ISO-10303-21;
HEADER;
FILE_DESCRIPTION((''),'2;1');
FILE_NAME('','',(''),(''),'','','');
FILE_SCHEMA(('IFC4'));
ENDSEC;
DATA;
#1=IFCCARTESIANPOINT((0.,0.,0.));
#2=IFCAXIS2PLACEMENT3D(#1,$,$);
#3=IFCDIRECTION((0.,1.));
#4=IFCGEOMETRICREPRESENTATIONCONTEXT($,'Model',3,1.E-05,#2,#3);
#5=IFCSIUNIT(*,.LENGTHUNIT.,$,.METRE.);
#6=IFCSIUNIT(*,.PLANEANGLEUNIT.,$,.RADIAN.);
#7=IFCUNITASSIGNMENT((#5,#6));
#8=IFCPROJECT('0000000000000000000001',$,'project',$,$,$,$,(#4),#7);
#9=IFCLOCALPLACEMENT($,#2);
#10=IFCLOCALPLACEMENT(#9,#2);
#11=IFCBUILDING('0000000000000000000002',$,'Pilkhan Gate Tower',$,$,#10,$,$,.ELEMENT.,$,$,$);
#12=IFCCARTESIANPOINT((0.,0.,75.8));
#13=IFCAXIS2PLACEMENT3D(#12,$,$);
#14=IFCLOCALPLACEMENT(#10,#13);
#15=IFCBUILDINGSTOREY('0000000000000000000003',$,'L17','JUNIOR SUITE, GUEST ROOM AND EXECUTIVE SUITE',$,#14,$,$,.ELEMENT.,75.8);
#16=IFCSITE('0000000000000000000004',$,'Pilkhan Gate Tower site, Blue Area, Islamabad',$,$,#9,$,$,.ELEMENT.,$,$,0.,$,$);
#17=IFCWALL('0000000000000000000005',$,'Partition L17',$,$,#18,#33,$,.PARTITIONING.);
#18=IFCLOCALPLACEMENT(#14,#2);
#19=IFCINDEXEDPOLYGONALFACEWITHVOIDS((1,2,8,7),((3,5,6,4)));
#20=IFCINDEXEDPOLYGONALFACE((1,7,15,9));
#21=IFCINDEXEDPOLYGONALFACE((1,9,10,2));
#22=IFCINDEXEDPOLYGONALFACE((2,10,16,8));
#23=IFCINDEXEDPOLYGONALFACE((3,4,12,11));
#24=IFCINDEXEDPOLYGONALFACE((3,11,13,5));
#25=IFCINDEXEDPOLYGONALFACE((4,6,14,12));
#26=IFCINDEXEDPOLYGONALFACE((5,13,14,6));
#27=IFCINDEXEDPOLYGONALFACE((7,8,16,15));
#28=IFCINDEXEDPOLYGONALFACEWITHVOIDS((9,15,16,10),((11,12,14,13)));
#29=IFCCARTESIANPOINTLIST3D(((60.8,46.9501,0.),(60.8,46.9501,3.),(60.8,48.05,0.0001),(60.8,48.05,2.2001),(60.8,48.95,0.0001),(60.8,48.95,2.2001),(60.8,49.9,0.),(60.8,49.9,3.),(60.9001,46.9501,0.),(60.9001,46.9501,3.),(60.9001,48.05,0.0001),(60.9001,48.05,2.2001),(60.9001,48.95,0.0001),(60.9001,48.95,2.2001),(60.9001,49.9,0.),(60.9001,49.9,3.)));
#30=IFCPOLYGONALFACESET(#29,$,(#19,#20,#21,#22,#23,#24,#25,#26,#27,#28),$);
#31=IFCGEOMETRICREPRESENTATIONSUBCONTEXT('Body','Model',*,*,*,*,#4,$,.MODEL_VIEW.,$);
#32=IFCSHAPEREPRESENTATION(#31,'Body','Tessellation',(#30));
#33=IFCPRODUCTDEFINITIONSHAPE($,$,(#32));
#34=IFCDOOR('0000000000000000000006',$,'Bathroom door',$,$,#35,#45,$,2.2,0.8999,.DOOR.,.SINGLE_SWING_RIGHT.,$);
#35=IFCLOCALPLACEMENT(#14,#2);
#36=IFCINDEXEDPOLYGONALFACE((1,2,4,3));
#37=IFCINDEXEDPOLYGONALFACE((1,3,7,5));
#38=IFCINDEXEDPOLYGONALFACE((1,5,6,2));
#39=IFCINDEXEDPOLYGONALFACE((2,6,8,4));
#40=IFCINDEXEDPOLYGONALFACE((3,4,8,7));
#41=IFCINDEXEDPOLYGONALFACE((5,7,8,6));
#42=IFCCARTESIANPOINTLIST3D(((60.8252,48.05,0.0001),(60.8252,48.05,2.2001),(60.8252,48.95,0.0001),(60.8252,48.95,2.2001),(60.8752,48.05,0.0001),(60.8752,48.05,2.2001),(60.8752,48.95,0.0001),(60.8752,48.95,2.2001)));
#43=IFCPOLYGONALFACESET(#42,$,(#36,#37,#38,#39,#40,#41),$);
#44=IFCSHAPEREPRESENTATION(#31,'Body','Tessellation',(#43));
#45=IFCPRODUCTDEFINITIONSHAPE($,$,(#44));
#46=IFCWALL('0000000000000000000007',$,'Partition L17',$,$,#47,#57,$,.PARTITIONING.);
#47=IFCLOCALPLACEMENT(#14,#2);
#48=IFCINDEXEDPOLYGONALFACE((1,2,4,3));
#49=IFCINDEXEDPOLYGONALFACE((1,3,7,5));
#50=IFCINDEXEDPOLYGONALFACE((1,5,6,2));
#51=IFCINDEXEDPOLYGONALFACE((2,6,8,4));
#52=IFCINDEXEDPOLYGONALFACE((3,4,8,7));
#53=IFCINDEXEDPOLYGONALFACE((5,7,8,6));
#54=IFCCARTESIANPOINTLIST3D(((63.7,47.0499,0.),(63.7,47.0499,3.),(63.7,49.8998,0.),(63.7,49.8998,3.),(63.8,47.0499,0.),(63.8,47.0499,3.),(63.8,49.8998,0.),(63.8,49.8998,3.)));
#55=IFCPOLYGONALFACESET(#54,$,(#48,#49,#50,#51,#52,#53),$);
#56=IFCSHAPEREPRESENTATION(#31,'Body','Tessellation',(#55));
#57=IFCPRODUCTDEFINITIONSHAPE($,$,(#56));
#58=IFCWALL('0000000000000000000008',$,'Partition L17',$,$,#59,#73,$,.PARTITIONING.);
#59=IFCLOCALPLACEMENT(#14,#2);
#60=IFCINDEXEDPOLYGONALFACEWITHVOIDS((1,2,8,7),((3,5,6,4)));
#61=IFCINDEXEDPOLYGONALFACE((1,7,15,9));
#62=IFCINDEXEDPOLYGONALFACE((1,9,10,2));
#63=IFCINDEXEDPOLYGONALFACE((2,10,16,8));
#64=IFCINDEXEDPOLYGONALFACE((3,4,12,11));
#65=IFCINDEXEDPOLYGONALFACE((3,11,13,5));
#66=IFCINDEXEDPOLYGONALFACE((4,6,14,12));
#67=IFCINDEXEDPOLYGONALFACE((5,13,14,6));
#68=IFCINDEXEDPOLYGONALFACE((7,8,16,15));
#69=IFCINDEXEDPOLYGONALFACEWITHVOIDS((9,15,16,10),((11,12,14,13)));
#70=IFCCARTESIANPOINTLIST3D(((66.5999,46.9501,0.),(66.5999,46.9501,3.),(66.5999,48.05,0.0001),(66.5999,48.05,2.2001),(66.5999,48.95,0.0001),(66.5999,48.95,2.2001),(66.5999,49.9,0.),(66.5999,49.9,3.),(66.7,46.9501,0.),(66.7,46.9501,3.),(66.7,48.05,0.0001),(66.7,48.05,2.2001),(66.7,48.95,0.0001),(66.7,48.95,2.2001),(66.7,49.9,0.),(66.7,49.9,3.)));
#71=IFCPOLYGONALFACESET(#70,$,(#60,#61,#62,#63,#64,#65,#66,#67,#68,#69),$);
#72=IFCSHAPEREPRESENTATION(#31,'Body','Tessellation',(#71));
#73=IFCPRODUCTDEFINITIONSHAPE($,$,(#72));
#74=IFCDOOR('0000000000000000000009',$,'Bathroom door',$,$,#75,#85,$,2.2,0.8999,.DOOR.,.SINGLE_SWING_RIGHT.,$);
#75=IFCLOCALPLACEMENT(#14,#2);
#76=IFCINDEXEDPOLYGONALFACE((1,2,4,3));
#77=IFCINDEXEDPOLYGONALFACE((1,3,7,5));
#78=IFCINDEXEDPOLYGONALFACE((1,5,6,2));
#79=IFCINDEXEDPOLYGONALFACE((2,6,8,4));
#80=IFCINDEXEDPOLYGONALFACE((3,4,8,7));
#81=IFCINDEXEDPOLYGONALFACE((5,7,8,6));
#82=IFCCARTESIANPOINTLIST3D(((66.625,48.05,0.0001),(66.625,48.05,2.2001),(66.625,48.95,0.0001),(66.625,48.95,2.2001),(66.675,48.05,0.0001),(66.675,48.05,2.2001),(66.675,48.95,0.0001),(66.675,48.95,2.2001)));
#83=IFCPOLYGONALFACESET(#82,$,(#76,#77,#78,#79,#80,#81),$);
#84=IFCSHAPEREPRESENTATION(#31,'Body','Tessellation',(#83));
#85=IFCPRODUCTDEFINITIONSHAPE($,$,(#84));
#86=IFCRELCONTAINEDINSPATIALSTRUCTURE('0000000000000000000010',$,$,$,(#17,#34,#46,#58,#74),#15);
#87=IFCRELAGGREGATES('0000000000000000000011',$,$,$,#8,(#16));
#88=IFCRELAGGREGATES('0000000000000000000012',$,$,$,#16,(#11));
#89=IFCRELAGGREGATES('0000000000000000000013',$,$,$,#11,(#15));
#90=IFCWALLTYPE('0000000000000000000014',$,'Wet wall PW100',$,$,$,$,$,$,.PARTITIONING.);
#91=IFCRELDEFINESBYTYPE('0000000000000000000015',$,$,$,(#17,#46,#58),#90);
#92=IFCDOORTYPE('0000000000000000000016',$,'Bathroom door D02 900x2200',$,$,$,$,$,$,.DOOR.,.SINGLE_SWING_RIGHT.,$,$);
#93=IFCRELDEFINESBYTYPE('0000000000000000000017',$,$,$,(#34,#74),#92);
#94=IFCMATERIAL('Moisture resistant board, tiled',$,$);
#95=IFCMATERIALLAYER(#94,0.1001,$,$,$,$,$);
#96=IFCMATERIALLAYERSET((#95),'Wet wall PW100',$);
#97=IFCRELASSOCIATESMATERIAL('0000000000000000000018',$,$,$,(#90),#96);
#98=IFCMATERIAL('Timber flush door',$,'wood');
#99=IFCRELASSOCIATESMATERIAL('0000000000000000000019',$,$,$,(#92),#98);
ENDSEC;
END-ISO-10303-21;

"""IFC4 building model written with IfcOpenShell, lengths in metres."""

from ifc_helpers import new_model, si_unit, direction, frame, frame_2d, origin, place, context, subcontext, project, spatial, rectangle, extrude, material, layer, layer_set, type_object, element, fill, save


model = new_model("IFC4")

# Units and contexts
model_context = context("Model", 3, precision=1e-05, world=origin(), true_north=direction((0.0, 1.0)))
body_context = subcontext(model_context, "Body", "Model", "MODEL_VIEW")
ifc_project = project(units=[si_unit("LENGTHUNIT", "METRE"), si_unit("PLANEANGLEUNIT", "RADIAN")], contexts=[model_context])

# Site, building, storey
site_placement = place(None, origin())
site = spatial("IfcSite", under=ifc_project, at=site_placement, Name="Pilkhan Gate Tower site, Blue Area, Islamabad", CompositionType="ELEMENT", RefElevation=0.0)
building_placement = place(site_placement, origin())
building = spatial("IfcBuilding", under=site, at=building_placement, Name="Pilkhan Gate Tower", CompositionType="ELEMENT")
storey_placement = place(building_placement, frame((0.0, 0.0, 75.8)))
storey = spatial("IfcBuildingStorey", under=building, at=storey_placement, Name="L17", Description="JUNIOR SUITE, GUEST ROOM AND EXECUTIVE SUITE", CompositionType="ELEMENT", Elevation=75.8)

# Shared definitions
ifc_material_1 = material(Name="Moisture resistant board, tiled")
ifc_layer_1 = layer(ifc_material_1, 0.1001)
ifc_layer_set_1 = layer_set([ifc_layer_1], Name="Wet wall PW100")
wall_type_1 = type_object("IfcWallType", Name="Wet wall PW100", PredefinedType="PARTITIONING", material=ifc_layer_set_1)

# Wall, opening, door
wall_1_placement = place(storey_placement, frame((60.8501, 46.95, 0.0), z_axis=(0.0, 0.0, 1.0), x_axis=(0.0, 1.0, 0.0)))
wall_1 = element("IfcWall", 1, at=wall_1_placement, inside=storey, type_object=wall_type_1, Name="Partition L17", PredefinedType="PARTITIONING", context=body_context, shape_type="SweptSolid", body=[
    extrude(rectangle(XDim=2.95, YDim=0.1001, at=frame_2d((1.4751, 0.0))), origin(), (0.0, 0.0, 1.0), 3.0),
])
opening_1_placement = place(wall_1_placement, frame((1.1001, 0.0, 0.0)))
opening_1 = element("IfcOpeningElement", 2, at=opening_1_placement, cuts=wall_1, PredefinedType="OPENING", context=body_context, shape_type="SweptSolid", body=[
    extrude(rectangle(XDim=0.8999, YDim=2.2, at=frame_2d((0.45, 1.1001))), frame((0.0, 0.0601, 0.0), z_axis=(0.0, -1.0, 0.0), x_axis=(1.0, 0.0, 0.0)), (0.0, 0.0, 1.0), 0.1201),
])
ifc_material_2 = material(Name="Timber flush door", Category="wood")
door_type_1 = type_object("IfcDoorType", Name="Bathroom door D02 900x2200", OperationType="SINGLE_SWING_RIGHT", PredefinedType="DOOR", material=ifc_material_2)
door_1_placement = place(opening_1_placement, origin())
door_1 = element("IfcDoor", 3, at=door_1_placement, inside=storey, type_object=door_type_1, Name="Bathroom door", OperationType="SINGLE_SWING_RIGHT", OverallHeight=2.2, OverallWidth=0.8999, PredefinedType="DOOR", context=body_context, shape_type="SweptSolid", body=[
    extrude(rectangle(XDim=0.8999, YDim=2.2, at=frame_2d((0.45, 1.1001))), frame((0.0, 0.0249, 0.0), z_axis=(0.0, -1.0, 0.0), x_axis=(1.0, 0.0, 0.0)), (0.0, 0.0, 1.0), 0.05),
])
fill(opening_1, door_1)

# Wall
wall_2_placement = place(storey_placement, frame((63.75, 47.05, 0.0), z_axis=(0.0, 0.0, 1.0), x_axis=(0.0, 1.0, 0.0)))
element("IfcWall", 4, at=wall_2_placement, inside=storey, type_object=wall_type_1, Name="Partition L17", PredefinedType="PARTITIONING", context=body_context, shape_type="SweptSolid", body=[
    extrude(rectangle(XDim=2.8499, YDim=0.1001, at=frame_2d((1.4248, 0.0))), origin(), (0.0, 0.0, 1.0), 3.0),
])

# Wall, opening, door
wall_3_placement = place(storey_placement, frame((66.6499, 46.95, 0.0), z_axis=(0.0, 0.0, 1.0), x_axis=(0.0, 1.0, 0.0)))
wall_3 = element("IfcWall", 5, at=wall_3_placement, inside=storey, type_object=wall_type_1, Name="Partition L17", PredefinedType="PARTITIONING", context=body_context, shape_type="SweptSolid", body=[
    extrude(rectangle(XDim=2.95, YDim=0.1001, at=frame_2d((1.4751, 0.0))), origin(), (0.0, 0.0, 1.0), 3.0),
])
opening_2_placement = place(wall_3_placement, frame((1.1001, 0.0, 0.0)))
opening_2 = element("IfcOpeningElement", 6, at=opening_2_placement, cuts=wall_3, PredefinedType="OPENING", context=body_context, shape_type="SweptSolid", body=[
    extrude(rectangle(XDim=0.8999, YDim=2.2, at=frame_2d((0.45, 1.1001))), frame((0.0, 0.0601, 0.0), z_axis=(0.0, -1.0, 0.0), x_axis=(1.0, 0.0, 0.0)), (0.0, 0.0, 1.0), 0.1201),
])
door_2_placement = place(opening_2_placement, origin())
door_2 = element("IfcDoor", 7, at=door_2_placement, inside=storey, type_object=door_type_1, Name="Bathroom door", OperationType="SINGLE_SWING_RIGHT", OverallHeight=2.2, OverallWidth=0.8999, PredefinedType="DOOR", context=body_context, shape_type="SweptSolid", body=[
    extrude(rectangle(XDim=0.8999, YDim=2.2, at=frame_2d((0.45, 1.1001))), frame((0.0, 0.0249, 0.0), z_axis=(0.0, -1.0, 0.0), x_axis=(1.0, 0.0, 0.0)), (0.0, 0.0, 1.0), 0.05),
])
fill(opening_2, door_2)

save(model, "model.ifc")
